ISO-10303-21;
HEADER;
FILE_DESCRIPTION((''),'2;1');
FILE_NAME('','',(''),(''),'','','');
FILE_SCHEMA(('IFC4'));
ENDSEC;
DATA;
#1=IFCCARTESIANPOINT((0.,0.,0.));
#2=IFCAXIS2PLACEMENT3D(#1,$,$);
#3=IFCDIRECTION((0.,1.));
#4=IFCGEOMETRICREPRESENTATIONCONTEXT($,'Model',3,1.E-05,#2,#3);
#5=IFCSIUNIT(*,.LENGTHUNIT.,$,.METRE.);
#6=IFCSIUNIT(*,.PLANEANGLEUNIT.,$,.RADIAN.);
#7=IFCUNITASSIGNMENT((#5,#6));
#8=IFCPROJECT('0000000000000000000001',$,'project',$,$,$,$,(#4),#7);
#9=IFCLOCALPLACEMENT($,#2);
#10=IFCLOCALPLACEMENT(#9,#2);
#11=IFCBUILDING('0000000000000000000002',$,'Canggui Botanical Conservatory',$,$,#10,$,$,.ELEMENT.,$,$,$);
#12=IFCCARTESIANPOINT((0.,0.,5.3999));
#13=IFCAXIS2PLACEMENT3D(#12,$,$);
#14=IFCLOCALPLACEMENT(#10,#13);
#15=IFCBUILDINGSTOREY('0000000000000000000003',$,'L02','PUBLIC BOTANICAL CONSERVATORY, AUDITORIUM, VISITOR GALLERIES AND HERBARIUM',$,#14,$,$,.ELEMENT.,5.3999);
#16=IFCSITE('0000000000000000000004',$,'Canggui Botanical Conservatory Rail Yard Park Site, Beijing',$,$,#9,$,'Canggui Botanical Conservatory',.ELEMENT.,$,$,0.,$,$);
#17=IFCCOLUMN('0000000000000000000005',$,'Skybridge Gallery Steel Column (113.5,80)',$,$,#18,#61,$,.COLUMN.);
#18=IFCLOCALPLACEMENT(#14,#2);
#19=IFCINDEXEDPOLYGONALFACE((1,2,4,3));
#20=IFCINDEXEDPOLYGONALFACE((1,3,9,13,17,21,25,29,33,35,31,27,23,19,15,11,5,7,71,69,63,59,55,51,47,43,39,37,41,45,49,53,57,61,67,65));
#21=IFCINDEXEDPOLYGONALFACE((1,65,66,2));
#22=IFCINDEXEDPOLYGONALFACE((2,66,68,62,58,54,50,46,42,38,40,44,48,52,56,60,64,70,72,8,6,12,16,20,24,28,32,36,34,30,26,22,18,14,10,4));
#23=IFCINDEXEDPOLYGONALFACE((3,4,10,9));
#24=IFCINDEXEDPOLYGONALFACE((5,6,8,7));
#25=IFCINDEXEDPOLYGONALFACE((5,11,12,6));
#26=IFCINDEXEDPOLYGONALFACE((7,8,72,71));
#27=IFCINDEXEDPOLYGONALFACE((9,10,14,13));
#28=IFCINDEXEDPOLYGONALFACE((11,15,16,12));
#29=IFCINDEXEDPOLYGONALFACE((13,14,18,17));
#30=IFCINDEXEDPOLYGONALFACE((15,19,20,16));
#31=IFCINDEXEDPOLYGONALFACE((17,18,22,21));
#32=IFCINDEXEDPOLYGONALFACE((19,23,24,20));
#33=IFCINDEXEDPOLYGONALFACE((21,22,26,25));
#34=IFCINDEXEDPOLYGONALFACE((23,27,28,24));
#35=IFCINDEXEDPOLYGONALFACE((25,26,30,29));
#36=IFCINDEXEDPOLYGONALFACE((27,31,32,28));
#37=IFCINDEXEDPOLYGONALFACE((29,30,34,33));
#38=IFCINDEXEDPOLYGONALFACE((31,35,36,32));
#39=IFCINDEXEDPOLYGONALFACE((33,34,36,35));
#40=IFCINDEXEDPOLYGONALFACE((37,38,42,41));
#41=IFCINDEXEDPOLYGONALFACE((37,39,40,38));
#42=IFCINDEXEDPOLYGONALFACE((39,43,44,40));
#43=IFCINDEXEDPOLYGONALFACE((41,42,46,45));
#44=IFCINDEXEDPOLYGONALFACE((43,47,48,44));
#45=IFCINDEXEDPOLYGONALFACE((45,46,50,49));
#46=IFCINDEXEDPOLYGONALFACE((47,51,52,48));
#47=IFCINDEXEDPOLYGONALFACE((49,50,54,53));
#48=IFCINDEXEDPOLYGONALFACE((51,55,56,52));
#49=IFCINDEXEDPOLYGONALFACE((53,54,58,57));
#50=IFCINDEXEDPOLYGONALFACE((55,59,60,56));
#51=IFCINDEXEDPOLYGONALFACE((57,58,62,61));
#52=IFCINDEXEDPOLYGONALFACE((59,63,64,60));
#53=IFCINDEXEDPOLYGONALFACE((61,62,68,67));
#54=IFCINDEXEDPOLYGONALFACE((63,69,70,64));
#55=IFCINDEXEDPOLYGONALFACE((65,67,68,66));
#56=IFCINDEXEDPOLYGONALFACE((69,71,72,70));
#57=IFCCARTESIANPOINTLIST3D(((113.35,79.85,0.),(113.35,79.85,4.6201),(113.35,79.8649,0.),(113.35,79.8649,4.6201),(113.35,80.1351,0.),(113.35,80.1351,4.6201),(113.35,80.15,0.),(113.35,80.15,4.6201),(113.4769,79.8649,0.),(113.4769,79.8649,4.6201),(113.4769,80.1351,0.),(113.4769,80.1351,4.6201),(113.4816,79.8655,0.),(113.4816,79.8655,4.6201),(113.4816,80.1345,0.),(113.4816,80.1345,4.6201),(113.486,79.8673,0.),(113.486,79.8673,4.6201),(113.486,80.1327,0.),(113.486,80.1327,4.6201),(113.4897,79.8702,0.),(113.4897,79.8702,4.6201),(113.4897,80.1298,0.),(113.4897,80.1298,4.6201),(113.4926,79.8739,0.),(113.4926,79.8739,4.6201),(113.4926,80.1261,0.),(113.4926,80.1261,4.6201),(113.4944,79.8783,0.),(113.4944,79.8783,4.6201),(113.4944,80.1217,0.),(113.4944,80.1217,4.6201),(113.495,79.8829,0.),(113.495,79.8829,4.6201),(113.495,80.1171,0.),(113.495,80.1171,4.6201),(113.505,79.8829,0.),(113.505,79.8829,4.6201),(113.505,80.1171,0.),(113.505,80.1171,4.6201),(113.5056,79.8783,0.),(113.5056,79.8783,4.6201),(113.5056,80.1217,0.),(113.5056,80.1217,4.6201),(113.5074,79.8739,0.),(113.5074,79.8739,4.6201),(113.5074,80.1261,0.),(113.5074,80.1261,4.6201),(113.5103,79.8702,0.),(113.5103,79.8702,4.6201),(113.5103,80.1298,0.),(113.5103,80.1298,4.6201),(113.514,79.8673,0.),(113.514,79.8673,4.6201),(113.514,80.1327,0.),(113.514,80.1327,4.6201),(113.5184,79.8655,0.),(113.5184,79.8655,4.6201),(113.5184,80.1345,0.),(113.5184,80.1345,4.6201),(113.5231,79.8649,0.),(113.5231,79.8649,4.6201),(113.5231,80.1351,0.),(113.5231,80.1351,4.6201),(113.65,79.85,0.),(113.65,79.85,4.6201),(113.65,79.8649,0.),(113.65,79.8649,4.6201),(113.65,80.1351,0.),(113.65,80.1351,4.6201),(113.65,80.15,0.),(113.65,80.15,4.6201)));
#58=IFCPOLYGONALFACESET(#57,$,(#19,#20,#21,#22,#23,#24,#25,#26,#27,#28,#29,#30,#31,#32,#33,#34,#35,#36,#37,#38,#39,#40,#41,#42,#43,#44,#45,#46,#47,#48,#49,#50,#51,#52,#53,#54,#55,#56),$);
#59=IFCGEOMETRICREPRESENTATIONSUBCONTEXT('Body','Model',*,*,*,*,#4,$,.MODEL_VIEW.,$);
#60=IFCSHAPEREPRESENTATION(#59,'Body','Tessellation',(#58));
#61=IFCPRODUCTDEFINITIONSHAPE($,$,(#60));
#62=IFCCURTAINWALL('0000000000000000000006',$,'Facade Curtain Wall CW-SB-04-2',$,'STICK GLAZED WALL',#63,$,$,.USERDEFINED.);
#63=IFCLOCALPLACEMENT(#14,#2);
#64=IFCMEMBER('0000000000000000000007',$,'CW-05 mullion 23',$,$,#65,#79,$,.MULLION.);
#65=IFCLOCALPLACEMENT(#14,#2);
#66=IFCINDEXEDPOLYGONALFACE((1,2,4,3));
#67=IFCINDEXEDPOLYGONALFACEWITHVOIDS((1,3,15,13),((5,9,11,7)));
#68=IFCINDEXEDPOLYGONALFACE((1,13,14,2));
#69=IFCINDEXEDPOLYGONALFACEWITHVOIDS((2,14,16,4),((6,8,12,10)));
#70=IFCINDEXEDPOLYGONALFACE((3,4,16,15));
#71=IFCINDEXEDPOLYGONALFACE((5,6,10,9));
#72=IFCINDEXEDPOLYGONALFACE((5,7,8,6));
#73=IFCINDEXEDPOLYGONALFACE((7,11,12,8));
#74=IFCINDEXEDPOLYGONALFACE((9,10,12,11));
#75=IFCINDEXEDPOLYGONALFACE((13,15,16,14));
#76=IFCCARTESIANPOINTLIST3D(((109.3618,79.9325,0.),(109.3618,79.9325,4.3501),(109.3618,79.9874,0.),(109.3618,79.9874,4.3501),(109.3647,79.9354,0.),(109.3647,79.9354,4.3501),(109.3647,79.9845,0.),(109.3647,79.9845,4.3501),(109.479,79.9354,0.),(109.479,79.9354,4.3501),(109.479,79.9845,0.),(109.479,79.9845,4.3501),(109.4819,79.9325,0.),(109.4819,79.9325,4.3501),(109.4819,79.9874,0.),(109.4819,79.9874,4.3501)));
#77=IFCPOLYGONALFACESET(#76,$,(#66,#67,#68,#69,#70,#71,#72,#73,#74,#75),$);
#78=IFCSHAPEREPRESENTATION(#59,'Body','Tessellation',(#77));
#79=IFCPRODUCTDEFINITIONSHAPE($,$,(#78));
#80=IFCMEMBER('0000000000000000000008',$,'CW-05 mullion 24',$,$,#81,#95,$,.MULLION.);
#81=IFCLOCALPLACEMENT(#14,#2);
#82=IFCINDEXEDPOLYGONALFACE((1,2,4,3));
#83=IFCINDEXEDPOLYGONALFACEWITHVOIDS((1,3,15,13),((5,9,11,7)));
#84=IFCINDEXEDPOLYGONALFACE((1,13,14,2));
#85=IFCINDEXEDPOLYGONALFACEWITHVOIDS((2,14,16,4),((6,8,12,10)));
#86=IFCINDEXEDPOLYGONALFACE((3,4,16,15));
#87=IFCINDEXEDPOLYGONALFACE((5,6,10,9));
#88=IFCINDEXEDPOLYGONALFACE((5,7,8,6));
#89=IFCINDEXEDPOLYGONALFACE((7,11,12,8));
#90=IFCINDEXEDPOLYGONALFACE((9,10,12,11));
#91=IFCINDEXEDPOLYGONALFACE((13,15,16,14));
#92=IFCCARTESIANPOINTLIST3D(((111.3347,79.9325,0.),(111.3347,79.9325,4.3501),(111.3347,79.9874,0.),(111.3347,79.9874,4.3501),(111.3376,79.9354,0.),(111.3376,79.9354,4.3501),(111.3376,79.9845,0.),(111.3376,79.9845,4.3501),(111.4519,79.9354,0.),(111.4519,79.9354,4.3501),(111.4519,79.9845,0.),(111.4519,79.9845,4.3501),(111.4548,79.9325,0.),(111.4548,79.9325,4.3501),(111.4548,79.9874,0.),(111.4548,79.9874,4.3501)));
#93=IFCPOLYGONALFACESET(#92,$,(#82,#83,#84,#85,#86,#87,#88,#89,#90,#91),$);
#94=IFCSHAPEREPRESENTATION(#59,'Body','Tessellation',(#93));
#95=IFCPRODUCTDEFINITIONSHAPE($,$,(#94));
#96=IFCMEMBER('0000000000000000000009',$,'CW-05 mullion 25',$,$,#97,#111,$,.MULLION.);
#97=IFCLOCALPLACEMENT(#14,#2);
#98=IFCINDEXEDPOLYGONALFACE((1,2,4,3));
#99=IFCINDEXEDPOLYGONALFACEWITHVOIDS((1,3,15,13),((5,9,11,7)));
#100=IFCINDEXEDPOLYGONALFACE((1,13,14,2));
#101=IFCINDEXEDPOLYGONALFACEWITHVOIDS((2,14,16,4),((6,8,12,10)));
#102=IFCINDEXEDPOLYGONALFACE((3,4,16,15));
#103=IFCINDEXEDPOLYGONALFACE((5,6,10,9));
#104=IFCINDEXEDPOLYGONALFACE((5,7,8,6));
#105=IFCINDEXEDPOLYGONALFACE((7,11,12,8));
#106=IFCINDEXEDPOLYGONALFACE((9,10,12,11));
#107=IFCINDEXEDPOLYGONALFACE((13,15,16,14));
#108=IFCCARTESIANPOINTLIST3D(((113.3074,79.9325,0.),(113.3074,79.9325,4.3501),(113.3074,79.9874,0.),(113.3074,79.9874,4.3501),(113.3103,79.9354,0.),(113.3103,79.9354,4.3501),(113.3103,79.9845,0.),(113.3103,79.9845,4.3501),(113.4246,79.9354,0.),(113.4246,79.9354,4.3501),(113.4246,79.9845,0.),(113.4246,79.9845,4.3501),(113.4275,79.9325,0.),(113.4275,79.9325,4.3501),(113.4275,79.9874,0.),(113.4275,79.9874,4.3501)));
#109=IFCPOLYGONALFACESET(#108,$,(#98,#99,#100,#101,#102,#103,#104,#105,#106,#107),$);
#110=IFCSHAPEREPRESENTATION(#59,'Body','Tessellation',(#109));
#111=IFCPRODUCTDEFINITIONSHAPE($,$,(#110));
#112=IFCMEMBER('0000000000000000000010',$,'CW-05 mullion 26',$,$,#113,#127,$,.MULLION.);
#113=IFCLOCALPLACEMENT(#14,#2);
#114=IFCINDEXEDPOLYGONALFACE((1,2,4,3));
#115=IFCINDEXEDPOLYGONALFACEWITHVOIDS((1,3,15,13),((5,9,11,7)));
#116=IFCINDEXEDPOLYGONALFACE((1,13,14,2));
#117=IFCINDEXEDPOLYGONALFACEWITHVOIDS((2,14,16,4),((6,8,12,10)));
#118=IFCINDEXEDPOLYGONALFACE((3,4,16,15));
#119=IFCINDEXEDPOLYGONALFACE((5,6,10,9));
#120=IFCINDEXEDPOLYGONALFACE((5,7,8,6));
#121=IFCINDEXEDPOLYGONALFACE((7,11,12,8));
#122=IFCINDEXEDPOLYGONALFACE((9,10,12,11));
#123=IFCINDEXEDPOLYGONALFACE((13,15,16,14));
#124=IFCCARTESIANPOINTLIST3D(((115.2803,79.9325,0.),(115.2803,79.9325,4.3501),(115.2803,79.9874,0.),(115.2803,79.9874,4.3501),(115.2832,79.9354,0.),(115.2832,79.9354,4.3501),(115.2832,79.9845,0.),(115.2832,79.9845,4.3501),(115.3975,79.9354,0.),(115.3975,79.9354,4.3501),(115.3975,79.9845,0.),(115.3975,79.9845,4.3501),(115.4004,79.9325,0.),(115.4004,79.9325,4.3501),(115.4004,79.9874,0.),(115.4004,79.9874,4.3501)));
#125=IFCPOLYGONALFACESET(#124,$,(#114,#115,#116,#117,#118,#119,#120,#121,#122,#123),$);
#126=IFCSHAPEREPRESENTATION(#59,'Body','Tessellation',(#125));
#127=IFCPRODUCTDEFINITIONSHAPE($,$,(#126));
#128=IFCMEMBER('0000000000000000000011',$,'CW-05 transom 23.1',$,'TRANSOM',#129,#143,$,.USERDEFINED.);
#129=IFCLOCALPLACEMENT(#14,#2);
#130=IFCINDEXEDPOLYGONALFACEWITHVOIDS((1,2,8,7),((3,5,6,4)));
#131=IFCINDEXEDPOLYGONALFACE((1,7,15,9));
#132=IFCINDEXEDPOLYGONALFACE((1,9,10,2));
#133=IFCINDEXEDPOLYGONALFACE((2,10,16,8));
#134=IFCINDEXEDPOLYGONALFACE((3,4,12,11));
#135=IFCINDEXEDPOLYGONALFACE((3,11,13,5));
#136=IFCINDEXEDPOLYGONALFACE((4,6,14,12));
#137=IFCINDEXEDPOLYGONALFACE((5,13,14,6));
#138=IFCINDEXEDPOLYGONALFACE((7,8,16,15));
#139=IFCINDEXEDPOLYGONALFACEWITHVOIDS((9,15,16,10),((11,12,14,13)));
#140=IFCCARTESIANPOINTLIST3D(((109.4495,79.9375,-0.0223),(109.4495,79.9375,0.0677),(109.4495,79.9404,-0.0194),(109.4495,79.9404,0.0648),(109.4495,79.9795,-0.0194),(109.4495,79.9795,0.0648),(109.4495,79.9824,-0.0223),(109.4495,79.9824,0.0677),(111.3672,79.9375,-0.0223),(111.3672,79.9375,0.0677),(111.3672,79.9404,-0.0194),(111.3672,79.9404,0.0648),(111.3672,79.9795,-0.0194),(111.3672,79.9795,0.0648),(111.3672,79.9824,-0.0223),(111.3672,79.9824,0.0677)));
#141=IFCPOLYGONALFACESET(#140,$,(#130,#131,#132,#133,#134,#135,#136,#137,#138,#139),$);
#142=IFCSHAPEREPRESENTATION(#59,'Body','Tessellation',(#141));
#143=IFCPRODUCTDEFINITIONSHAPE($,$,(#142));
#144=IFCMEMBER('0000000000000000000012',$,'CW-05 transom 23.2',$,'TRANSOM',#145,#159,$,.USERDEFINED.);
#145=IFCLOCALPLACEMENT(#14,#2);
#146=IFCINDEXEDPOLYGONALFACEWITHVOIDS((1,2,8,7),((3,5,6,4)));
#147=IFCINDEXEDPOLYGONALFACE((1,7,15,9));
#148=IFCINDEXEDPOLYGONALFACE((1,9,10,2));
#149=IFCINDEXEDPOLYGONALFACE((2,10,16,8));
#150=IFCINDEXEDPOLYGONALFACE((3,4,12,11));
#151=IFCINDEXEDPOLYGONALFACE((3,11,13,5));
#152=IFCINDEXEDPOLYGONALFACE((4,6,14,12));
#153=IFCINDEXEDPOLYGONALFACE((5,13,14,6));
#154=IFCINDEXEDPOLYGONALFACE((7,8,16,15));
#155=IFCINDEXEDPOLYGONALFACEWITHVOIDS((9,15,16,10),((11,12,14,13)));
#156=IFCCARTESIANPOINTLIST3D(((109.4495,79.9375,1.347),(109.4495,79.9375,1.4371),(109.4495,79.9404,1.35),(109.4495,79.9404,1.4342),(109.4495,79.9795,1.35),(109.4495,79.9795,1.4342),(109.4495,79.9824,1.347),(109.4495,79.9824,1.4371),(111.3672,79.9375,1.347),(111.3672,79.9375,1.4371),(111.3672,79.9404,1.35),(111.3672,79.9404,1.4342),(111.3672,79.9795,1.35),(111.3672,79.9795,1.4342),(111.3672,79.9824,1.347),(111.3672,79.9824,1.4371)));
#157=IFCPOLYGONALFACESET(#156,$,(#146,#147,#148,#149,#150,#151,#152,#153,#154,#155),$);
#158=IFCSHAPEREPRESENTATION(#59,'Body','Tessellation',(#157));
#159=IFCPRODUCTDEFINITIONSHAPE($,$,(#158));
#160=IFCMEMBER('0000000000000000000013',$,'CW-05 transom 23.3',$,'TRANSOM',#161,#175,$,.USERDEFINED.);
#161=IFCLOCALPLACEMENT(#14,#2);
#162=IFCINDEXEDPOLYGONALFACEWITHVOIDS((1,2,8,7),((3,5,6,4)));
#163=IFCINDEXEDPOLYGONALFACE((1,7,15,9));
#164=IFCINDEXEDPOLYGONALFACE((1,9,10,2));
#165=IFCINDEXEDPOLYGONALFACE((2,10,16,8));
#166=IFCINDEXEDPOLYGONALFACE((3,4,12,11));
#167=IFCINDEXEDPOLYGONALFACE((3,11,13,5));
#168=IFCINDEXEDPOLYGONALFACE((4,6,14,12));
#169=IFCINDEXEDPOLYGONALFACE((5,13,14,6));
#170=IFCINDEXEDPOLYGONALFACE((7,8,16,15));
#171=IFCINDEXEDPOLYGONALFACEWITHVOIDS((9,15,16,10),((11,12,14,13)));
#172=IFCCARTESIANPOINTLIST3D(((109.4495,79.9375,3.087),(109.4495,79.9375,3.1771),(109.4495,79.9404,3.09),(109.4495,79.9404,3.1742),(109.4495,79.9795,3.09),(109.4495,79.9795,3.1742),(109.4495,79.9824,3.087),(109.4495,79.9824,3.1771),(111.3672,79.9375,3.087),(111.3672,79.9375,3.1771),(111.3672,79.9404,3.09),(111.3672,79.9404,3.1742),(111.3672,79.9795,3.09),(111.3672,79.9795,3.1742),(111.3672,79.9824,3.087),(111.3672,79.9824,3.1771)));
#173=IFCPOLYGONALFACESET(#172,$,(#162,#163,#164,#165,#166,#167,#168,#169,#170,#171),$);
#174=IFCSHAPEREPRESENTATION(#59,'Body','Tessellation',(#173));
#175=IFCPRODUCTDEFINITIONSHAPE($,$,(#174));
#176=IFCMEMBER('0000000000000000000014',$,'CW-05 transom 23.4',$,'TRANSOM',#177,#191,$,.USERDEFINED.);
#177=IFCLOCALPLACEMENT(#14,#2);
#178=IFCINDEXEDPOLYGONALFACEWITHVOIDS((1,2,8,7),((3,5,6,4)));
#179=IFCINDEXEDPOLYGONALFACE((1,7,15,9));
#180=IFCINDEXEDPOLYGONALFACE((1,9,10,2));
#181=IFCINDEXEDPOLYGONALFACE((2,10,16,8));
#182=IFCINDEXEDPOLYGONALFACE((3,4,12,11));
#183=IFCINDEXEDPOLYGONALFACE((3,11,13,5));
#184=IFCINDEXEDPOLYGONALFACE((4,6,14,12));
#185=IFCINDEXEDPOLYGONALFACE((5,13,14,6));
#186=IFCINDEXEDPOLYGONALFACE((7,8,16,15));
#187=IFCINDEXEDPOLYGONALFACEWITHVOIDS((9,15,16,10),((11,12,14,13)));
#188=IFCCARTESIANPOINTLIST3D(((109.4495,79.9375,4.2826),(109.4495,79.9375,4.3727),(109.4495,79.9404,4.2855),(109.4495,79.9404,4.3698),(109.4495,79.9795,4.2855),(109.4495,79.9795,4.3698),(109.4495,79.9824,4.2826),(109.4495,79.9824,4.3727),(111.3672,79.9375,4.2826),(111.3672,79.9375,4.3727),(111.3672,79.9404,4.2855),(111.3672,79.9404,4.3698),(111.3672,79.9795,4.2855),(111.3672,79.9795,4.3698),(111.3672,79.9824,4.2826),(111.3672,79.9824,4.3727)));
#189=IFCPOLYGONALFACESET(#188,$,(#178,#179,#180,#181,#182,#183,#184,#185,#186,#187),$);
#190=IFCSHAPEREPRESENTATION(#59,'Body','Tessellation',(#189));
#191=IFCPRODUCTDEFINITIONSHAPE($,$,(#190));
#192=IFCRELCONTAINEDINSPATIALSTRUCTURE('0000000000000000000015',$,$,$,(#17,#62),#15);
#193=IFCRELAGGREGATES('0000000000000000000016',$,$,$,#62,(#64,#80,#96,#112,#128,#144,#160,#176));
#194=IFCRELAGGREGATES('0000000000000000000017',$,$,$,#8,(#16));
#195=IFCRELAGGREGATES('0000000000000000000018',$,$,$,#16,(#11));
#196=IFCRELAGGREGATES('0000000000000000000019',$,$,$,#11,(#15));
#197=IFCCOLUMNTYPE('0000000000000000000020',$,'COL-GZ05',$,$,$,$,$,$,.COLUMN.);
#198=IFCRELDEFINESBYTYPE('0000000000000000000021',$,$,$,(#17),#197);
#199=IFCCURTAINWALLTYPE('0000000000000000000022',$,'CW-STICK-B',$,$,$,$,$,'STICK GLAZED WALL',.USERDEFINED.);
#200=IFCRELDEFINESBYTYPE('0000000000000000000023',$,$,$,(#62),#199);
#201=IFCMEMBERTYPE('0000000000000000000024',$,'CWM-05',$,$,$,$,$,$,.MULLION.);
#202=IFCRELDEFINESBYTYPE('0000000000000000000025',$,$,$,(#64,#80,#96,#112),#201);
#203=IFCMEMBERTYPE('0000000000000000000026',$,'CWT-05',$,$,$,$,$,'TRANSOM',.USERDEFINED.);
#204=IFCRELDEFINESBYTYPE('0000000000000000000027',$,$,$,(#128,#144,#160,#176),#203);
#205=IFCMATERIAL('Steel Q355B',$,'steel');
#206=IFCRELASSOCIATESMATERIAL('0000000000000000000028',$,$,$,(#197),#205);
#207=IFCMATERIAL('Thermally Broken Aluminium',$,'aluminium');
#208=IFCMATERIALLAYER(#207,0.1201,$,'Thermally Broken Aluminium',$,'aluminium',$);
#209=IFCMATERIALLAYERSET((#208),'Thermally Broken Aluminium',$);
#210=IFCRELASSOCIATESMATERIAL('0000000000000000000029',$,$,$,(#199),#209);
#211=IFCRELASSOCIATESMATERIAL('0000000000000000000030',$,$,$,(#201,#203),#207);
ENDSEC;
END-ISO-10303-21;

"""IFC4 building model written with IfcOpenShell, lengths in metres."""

from ifc_helpers import new_model, si_unit, direction, frame, origin, origin_2d, place, context, subcontext, project, spatial, hollow_rectangle, i_section, extrude, material, layer, layer_set, material_profile, profile_set, type_object, element, aggregate, save


model = new_model("IFC4")

# Units and contexts
model_context = context("Model", 3, precision=1e-05, world=origin(), true_north=direction((0.0, 1.0)))
body_context = subcontext(model_context, "Body", "Model", "MODEL_VIEW")
ifc_project = project(units=[si_unit("LENGTHUNIT", "METRE"), si_unit("PLANEANGLEUNIT", "RADIAN")], contexts=[model_context])

# Site, building, storey
site_placement = place(None, origin())
site = spatial("IfcSite", under=ifc_project, at=site_placement, Name="Canggui Botanical Conservatory Rail Yard Park Site, Beijing", LongName="Canggui Botanical Conservatory", CompositionType="ELEMENT", RefElevation=0.0)
building_placement = place(site_placement, origin())
building = spatial("IfcBuilding", under=site, at=building_placement, Name="Canggui Botanical Conservatory", CompositionType="ELEMENT")
storey_placement = place(building_placement, frame((0.0, 0.0, 5.3999)))
storey = spatial("IfcBuildingStorey", under=building, at=storey_placement, Name="L02", Description="PUBLIC BOTANICAL CONSERVATORY, AUDITORIUM, VISITOR GALLERIES AND HERBARIUM", CompositionType="ELEMENT", Elevation=5.3999)

# Column
ifc_material_1 = material(Name="Steel Q355B", Category="steel")
ifc_material_profile_1 = material_profile(ifc_material_1, i_section(OverallWidth=0.3, OverallDepth=0.3, WebThickness=0.01, FlangeThickness=0.0149, FilletRadius=0.0181, at=origin_2d()), Name="HW 300x300x10x15")
ifc_profile_set_1 = profile_set([ifc_material_profile_1], Name="Steel Q355B")
column_type = type_object("IfcColumnType", Name="COL-GZ05", PredefinedType="COLUMN", material=ifc_profile_set_1)
column_placement = place(storey_placement, frame((113.5, 80.0, 0.0), z_axis=(0.0, 0.0, 1.0), x_axis=(1.0, 0.0, 0.0)))
element("IfcColumn", 1, at=column_placement, inside=storey, type_object=column_type, Name="Skybridge Gallery Steel Column (113.5,80)", PredefinedType="COLUMN", context=body_context, shape_type="SweptSolid", body=[
    extrude(i_section(OverallWidth=0.3, OverallDepth=0.3, WebThickness=0.01, FlangeThickness=0.0149, FilletRadius=0.0181, at=origin_2d()), origin(), (0.0, 0.0, 1.0), 4.6201),
])

# Curtain wall, members
ifc_material_2 = material(Name="Thermally Broken Aluminium", Category="aluminium")
ifc_layer_1 = layer(ifc_material_2, 0.1201, Name="Thermally Broken Aluminium", Category="aluminium")
ifc_layer_set_1 = layer_set([ifc_layer_1], Name="Thermally Broken Aluminium")
curtain_wall_type = type_object("IfcCurtainWallType", Name="CW-STICK-B", ElementType="STICK GLAZED WALL", PredefinedType="USERDEFINED", material=ifc_layer_set_1)
curtain_wall_placement = place(storey_placement, origin())
curtain_wall = element("IfcCurtainWall", 2, at=curtain_wall_placement, inside=storey, type_object=curtain_wall_type, Name="Facade Curtain Wall CW-SB-04-2", ObjectType="STICK GLAZED WALL", PredefinedType="USERDEFINED")
ifc_material_profile_2 = material_profile(ifc_material_2, hollow_rectangle(XDim=0.0549, YDim=0.1201, WallThickness=0.0029, at=origin_2d()), Name="CWM 55x120x3")
ifc_profile_set_2 = profile_set([ifc_material_profile_2], Name="Thermally Broken Aluminium")
member_type_1 = type_object("IfcMemberType", Name="CWM-05", PredefinedType="MULLION", material=ifc_profile_set_2)
member_1_placement = place(storey_placement, frame((109.4219, 79.96, 0.0), z_axis=(0.0, 0.0, 1.0), x_axis=(0.0, 1.0, 0.0)))
member_1 = element("IfcMember", 3, at=member_1_placement, type_object=member_type_1, Name="CW-05 mullion 23", PredefinedType="MULLION", context=body_context, shape_type="SweptSolid", body=[
    extrude(hollow_rectangle(XDim=0.0549, YDim=0.1201, WallThickness=0.0029, at=origin_2d()), origin(), (0.0, 0.0, 1.0), 4.3501),
])
member_2_placement = place(storey_placement, frame((111.3948, 79.96, 0.0), z_axis=(0.0, 0.0, 1.0), x_axis=(0.0, 1.0, 0.0)))
member_2 = element("IfcMember", 4, at=member_2_placement, type_object=member_type_1, Name="CW-05 mullion 24", PredefinedType="MULLION", context=body_context, shape_type="SweptSolid", body=[
    extrude(hollow_rectangle(XDim=0.0549, YDim=0.1201, WallThickness=0.0029, at=origin_2d()), origin(), (0.0, 0.0, 1.0), 4.3501),
])
member_3_placement = place(storey_placement, frame((113.3674, 79.96, 0.0), z_axis=(0.0, 0.0, 1.0), x_axis=(0.0, 1.0, 0.0)))
member_3 = element("IfcMember", 5, at=member_3_placement, type_object=member_type_1, Name="CW-05 mullion 25", PredefinedType="MULLION", context=body_context, shape_type="SweptSolid", body=[
    extrude(hollow_rectangle(XDim=0.0549, YDim=0.1201, WallThickness=0.0029, at=origin_2d()), origin(), (0.0, 0.0, 1.0), 4.3501),
])
member_4_placement = place(storey_placement, frame((115.3403, 79.96, 0.0), z_axis=(0.0, 0.0, 1.0), x_axis=(0.0, 1.0, 0.0)))
member_4 = element("IfcMember", 6, at=member_4_placement, type_object=member_type_1, Name="CW-05 mullion 26", PredefinedType="MULLION", context=body_context, shape_type="SweptSolid", body=[
    extrude(hollow_rectangle(XDim=0.0549, YDim=0.1201, WallThickness=0.0029, at=origin_2d()), origin(), (0.0, 0.0, 1.0), 4.3501),
])
ifc_material_profile_3 = material_profile(ifc_material_2, hollow_rectangle(XDim=0.0449, YDim=0.0901, WallThickness=0.0029, at=origin_2d()), Name="CWT 45x90x3")
ifc_profile_set_3 = profile_set([ifc_material_profile_3], Name="Thermally Broken Aluminium")
member_type_2 = type_object("IfcMemberType", Name="CWT-05", ElementType="TRANSOM", PredefinedType="USERDEFINED", material=ifc_profile_set_3)
member_5_placement = place(storey_placement, frame((109.4495, 79.96, 0.0227), z_axis=(1.0, 0.0, 0.0), x_axis=(0.0, 1.0, 0.0)))
member_5 = element("IfcMember", 7, at=member_5_placement, type_object=member_type_2, Name="CW-05 transom 23.1", ObjectType="TRANSOM", PredefinedType="USERDEFINED", context=body_context, shape_type="SweptSolid", body=[
    extrude(hollow_rectangle(XDim=0.0449, YDim=0.0901, WallThickness=0.0029, at=origin_2d()), origin(), (0.0, 0.0, 1.0), 1.9177),
])
member_6_placement = place(storey_placement, frame((109.4495, 79.96, 1.3921), z_axis=(1.0, 0.0, 0.0), x_axis=(0.0, 1.0, 0.0)))
member_6 = element("IfcMember", 8, at=member_6_placement, type_object=member_type_2, Name="CW-05 transom 23.2", ObjectType="TRANSOM", PredefinedType="USERDEFINED", context=body_context, shape_type="SweptSolid", body=[
    extrude(hollow_rectangle(XDim=0.0449, YDim=0.0901, WallThickness=0.0029, at=origin_2d()), origin(), (0.0, 0.0, 1.0), 1.9177),
])
member_7_placement = place(storey_placement, frame((109.4495, 79.96, 3.1321), z_axis=(1.0, 0.0, 0.0), x_axis=(0.0, 1.0, 0.0)))
member_7 = element("IfcMember", 9, at=member_7_placement, type_object=member_type_2, Name="CW-05 transom 23.3", ObjectType="TRANSOM", PredefinedType="USERDEFINED", context=body_context, shape_type="SweptSolid", body=[
    extrude(hollow_rectangle(XDim=0.0449, YDim=0.0901, WallThickness=0.0029, at=origin_2d()), origin(), (0.0, 0.0, 1.0), 1.9177),
])
member_8_placement = place(storey_placement, frame((109.4495, 79.96, 4.3276), z_axis=(1.0, 0.0, 0.0), x_axis=(0.0, 1.0, 0.0)))
member_8 = element("IfcMember", 10, at=member_8_placement, type_object=member_type_2, Name="CW-05 transom 23.4", ObjectType="TRANSOM", PredefinedType="USERDEFINED", context=body_context, shape_type="SweptSolid", body=[
    extrude(hollow_rectangle(XDim=0.0449, YDim=0.0901, WallThickness=0.0029, at=origin_2d()), origin(), (0.0, 0.0, 1.0), 1.9177),
])

aggregate(curtain_wall, [member_1, member_2, member_3, member_4, member_5, member_6, member_7, member_8])

save(model, "model.ifc")
